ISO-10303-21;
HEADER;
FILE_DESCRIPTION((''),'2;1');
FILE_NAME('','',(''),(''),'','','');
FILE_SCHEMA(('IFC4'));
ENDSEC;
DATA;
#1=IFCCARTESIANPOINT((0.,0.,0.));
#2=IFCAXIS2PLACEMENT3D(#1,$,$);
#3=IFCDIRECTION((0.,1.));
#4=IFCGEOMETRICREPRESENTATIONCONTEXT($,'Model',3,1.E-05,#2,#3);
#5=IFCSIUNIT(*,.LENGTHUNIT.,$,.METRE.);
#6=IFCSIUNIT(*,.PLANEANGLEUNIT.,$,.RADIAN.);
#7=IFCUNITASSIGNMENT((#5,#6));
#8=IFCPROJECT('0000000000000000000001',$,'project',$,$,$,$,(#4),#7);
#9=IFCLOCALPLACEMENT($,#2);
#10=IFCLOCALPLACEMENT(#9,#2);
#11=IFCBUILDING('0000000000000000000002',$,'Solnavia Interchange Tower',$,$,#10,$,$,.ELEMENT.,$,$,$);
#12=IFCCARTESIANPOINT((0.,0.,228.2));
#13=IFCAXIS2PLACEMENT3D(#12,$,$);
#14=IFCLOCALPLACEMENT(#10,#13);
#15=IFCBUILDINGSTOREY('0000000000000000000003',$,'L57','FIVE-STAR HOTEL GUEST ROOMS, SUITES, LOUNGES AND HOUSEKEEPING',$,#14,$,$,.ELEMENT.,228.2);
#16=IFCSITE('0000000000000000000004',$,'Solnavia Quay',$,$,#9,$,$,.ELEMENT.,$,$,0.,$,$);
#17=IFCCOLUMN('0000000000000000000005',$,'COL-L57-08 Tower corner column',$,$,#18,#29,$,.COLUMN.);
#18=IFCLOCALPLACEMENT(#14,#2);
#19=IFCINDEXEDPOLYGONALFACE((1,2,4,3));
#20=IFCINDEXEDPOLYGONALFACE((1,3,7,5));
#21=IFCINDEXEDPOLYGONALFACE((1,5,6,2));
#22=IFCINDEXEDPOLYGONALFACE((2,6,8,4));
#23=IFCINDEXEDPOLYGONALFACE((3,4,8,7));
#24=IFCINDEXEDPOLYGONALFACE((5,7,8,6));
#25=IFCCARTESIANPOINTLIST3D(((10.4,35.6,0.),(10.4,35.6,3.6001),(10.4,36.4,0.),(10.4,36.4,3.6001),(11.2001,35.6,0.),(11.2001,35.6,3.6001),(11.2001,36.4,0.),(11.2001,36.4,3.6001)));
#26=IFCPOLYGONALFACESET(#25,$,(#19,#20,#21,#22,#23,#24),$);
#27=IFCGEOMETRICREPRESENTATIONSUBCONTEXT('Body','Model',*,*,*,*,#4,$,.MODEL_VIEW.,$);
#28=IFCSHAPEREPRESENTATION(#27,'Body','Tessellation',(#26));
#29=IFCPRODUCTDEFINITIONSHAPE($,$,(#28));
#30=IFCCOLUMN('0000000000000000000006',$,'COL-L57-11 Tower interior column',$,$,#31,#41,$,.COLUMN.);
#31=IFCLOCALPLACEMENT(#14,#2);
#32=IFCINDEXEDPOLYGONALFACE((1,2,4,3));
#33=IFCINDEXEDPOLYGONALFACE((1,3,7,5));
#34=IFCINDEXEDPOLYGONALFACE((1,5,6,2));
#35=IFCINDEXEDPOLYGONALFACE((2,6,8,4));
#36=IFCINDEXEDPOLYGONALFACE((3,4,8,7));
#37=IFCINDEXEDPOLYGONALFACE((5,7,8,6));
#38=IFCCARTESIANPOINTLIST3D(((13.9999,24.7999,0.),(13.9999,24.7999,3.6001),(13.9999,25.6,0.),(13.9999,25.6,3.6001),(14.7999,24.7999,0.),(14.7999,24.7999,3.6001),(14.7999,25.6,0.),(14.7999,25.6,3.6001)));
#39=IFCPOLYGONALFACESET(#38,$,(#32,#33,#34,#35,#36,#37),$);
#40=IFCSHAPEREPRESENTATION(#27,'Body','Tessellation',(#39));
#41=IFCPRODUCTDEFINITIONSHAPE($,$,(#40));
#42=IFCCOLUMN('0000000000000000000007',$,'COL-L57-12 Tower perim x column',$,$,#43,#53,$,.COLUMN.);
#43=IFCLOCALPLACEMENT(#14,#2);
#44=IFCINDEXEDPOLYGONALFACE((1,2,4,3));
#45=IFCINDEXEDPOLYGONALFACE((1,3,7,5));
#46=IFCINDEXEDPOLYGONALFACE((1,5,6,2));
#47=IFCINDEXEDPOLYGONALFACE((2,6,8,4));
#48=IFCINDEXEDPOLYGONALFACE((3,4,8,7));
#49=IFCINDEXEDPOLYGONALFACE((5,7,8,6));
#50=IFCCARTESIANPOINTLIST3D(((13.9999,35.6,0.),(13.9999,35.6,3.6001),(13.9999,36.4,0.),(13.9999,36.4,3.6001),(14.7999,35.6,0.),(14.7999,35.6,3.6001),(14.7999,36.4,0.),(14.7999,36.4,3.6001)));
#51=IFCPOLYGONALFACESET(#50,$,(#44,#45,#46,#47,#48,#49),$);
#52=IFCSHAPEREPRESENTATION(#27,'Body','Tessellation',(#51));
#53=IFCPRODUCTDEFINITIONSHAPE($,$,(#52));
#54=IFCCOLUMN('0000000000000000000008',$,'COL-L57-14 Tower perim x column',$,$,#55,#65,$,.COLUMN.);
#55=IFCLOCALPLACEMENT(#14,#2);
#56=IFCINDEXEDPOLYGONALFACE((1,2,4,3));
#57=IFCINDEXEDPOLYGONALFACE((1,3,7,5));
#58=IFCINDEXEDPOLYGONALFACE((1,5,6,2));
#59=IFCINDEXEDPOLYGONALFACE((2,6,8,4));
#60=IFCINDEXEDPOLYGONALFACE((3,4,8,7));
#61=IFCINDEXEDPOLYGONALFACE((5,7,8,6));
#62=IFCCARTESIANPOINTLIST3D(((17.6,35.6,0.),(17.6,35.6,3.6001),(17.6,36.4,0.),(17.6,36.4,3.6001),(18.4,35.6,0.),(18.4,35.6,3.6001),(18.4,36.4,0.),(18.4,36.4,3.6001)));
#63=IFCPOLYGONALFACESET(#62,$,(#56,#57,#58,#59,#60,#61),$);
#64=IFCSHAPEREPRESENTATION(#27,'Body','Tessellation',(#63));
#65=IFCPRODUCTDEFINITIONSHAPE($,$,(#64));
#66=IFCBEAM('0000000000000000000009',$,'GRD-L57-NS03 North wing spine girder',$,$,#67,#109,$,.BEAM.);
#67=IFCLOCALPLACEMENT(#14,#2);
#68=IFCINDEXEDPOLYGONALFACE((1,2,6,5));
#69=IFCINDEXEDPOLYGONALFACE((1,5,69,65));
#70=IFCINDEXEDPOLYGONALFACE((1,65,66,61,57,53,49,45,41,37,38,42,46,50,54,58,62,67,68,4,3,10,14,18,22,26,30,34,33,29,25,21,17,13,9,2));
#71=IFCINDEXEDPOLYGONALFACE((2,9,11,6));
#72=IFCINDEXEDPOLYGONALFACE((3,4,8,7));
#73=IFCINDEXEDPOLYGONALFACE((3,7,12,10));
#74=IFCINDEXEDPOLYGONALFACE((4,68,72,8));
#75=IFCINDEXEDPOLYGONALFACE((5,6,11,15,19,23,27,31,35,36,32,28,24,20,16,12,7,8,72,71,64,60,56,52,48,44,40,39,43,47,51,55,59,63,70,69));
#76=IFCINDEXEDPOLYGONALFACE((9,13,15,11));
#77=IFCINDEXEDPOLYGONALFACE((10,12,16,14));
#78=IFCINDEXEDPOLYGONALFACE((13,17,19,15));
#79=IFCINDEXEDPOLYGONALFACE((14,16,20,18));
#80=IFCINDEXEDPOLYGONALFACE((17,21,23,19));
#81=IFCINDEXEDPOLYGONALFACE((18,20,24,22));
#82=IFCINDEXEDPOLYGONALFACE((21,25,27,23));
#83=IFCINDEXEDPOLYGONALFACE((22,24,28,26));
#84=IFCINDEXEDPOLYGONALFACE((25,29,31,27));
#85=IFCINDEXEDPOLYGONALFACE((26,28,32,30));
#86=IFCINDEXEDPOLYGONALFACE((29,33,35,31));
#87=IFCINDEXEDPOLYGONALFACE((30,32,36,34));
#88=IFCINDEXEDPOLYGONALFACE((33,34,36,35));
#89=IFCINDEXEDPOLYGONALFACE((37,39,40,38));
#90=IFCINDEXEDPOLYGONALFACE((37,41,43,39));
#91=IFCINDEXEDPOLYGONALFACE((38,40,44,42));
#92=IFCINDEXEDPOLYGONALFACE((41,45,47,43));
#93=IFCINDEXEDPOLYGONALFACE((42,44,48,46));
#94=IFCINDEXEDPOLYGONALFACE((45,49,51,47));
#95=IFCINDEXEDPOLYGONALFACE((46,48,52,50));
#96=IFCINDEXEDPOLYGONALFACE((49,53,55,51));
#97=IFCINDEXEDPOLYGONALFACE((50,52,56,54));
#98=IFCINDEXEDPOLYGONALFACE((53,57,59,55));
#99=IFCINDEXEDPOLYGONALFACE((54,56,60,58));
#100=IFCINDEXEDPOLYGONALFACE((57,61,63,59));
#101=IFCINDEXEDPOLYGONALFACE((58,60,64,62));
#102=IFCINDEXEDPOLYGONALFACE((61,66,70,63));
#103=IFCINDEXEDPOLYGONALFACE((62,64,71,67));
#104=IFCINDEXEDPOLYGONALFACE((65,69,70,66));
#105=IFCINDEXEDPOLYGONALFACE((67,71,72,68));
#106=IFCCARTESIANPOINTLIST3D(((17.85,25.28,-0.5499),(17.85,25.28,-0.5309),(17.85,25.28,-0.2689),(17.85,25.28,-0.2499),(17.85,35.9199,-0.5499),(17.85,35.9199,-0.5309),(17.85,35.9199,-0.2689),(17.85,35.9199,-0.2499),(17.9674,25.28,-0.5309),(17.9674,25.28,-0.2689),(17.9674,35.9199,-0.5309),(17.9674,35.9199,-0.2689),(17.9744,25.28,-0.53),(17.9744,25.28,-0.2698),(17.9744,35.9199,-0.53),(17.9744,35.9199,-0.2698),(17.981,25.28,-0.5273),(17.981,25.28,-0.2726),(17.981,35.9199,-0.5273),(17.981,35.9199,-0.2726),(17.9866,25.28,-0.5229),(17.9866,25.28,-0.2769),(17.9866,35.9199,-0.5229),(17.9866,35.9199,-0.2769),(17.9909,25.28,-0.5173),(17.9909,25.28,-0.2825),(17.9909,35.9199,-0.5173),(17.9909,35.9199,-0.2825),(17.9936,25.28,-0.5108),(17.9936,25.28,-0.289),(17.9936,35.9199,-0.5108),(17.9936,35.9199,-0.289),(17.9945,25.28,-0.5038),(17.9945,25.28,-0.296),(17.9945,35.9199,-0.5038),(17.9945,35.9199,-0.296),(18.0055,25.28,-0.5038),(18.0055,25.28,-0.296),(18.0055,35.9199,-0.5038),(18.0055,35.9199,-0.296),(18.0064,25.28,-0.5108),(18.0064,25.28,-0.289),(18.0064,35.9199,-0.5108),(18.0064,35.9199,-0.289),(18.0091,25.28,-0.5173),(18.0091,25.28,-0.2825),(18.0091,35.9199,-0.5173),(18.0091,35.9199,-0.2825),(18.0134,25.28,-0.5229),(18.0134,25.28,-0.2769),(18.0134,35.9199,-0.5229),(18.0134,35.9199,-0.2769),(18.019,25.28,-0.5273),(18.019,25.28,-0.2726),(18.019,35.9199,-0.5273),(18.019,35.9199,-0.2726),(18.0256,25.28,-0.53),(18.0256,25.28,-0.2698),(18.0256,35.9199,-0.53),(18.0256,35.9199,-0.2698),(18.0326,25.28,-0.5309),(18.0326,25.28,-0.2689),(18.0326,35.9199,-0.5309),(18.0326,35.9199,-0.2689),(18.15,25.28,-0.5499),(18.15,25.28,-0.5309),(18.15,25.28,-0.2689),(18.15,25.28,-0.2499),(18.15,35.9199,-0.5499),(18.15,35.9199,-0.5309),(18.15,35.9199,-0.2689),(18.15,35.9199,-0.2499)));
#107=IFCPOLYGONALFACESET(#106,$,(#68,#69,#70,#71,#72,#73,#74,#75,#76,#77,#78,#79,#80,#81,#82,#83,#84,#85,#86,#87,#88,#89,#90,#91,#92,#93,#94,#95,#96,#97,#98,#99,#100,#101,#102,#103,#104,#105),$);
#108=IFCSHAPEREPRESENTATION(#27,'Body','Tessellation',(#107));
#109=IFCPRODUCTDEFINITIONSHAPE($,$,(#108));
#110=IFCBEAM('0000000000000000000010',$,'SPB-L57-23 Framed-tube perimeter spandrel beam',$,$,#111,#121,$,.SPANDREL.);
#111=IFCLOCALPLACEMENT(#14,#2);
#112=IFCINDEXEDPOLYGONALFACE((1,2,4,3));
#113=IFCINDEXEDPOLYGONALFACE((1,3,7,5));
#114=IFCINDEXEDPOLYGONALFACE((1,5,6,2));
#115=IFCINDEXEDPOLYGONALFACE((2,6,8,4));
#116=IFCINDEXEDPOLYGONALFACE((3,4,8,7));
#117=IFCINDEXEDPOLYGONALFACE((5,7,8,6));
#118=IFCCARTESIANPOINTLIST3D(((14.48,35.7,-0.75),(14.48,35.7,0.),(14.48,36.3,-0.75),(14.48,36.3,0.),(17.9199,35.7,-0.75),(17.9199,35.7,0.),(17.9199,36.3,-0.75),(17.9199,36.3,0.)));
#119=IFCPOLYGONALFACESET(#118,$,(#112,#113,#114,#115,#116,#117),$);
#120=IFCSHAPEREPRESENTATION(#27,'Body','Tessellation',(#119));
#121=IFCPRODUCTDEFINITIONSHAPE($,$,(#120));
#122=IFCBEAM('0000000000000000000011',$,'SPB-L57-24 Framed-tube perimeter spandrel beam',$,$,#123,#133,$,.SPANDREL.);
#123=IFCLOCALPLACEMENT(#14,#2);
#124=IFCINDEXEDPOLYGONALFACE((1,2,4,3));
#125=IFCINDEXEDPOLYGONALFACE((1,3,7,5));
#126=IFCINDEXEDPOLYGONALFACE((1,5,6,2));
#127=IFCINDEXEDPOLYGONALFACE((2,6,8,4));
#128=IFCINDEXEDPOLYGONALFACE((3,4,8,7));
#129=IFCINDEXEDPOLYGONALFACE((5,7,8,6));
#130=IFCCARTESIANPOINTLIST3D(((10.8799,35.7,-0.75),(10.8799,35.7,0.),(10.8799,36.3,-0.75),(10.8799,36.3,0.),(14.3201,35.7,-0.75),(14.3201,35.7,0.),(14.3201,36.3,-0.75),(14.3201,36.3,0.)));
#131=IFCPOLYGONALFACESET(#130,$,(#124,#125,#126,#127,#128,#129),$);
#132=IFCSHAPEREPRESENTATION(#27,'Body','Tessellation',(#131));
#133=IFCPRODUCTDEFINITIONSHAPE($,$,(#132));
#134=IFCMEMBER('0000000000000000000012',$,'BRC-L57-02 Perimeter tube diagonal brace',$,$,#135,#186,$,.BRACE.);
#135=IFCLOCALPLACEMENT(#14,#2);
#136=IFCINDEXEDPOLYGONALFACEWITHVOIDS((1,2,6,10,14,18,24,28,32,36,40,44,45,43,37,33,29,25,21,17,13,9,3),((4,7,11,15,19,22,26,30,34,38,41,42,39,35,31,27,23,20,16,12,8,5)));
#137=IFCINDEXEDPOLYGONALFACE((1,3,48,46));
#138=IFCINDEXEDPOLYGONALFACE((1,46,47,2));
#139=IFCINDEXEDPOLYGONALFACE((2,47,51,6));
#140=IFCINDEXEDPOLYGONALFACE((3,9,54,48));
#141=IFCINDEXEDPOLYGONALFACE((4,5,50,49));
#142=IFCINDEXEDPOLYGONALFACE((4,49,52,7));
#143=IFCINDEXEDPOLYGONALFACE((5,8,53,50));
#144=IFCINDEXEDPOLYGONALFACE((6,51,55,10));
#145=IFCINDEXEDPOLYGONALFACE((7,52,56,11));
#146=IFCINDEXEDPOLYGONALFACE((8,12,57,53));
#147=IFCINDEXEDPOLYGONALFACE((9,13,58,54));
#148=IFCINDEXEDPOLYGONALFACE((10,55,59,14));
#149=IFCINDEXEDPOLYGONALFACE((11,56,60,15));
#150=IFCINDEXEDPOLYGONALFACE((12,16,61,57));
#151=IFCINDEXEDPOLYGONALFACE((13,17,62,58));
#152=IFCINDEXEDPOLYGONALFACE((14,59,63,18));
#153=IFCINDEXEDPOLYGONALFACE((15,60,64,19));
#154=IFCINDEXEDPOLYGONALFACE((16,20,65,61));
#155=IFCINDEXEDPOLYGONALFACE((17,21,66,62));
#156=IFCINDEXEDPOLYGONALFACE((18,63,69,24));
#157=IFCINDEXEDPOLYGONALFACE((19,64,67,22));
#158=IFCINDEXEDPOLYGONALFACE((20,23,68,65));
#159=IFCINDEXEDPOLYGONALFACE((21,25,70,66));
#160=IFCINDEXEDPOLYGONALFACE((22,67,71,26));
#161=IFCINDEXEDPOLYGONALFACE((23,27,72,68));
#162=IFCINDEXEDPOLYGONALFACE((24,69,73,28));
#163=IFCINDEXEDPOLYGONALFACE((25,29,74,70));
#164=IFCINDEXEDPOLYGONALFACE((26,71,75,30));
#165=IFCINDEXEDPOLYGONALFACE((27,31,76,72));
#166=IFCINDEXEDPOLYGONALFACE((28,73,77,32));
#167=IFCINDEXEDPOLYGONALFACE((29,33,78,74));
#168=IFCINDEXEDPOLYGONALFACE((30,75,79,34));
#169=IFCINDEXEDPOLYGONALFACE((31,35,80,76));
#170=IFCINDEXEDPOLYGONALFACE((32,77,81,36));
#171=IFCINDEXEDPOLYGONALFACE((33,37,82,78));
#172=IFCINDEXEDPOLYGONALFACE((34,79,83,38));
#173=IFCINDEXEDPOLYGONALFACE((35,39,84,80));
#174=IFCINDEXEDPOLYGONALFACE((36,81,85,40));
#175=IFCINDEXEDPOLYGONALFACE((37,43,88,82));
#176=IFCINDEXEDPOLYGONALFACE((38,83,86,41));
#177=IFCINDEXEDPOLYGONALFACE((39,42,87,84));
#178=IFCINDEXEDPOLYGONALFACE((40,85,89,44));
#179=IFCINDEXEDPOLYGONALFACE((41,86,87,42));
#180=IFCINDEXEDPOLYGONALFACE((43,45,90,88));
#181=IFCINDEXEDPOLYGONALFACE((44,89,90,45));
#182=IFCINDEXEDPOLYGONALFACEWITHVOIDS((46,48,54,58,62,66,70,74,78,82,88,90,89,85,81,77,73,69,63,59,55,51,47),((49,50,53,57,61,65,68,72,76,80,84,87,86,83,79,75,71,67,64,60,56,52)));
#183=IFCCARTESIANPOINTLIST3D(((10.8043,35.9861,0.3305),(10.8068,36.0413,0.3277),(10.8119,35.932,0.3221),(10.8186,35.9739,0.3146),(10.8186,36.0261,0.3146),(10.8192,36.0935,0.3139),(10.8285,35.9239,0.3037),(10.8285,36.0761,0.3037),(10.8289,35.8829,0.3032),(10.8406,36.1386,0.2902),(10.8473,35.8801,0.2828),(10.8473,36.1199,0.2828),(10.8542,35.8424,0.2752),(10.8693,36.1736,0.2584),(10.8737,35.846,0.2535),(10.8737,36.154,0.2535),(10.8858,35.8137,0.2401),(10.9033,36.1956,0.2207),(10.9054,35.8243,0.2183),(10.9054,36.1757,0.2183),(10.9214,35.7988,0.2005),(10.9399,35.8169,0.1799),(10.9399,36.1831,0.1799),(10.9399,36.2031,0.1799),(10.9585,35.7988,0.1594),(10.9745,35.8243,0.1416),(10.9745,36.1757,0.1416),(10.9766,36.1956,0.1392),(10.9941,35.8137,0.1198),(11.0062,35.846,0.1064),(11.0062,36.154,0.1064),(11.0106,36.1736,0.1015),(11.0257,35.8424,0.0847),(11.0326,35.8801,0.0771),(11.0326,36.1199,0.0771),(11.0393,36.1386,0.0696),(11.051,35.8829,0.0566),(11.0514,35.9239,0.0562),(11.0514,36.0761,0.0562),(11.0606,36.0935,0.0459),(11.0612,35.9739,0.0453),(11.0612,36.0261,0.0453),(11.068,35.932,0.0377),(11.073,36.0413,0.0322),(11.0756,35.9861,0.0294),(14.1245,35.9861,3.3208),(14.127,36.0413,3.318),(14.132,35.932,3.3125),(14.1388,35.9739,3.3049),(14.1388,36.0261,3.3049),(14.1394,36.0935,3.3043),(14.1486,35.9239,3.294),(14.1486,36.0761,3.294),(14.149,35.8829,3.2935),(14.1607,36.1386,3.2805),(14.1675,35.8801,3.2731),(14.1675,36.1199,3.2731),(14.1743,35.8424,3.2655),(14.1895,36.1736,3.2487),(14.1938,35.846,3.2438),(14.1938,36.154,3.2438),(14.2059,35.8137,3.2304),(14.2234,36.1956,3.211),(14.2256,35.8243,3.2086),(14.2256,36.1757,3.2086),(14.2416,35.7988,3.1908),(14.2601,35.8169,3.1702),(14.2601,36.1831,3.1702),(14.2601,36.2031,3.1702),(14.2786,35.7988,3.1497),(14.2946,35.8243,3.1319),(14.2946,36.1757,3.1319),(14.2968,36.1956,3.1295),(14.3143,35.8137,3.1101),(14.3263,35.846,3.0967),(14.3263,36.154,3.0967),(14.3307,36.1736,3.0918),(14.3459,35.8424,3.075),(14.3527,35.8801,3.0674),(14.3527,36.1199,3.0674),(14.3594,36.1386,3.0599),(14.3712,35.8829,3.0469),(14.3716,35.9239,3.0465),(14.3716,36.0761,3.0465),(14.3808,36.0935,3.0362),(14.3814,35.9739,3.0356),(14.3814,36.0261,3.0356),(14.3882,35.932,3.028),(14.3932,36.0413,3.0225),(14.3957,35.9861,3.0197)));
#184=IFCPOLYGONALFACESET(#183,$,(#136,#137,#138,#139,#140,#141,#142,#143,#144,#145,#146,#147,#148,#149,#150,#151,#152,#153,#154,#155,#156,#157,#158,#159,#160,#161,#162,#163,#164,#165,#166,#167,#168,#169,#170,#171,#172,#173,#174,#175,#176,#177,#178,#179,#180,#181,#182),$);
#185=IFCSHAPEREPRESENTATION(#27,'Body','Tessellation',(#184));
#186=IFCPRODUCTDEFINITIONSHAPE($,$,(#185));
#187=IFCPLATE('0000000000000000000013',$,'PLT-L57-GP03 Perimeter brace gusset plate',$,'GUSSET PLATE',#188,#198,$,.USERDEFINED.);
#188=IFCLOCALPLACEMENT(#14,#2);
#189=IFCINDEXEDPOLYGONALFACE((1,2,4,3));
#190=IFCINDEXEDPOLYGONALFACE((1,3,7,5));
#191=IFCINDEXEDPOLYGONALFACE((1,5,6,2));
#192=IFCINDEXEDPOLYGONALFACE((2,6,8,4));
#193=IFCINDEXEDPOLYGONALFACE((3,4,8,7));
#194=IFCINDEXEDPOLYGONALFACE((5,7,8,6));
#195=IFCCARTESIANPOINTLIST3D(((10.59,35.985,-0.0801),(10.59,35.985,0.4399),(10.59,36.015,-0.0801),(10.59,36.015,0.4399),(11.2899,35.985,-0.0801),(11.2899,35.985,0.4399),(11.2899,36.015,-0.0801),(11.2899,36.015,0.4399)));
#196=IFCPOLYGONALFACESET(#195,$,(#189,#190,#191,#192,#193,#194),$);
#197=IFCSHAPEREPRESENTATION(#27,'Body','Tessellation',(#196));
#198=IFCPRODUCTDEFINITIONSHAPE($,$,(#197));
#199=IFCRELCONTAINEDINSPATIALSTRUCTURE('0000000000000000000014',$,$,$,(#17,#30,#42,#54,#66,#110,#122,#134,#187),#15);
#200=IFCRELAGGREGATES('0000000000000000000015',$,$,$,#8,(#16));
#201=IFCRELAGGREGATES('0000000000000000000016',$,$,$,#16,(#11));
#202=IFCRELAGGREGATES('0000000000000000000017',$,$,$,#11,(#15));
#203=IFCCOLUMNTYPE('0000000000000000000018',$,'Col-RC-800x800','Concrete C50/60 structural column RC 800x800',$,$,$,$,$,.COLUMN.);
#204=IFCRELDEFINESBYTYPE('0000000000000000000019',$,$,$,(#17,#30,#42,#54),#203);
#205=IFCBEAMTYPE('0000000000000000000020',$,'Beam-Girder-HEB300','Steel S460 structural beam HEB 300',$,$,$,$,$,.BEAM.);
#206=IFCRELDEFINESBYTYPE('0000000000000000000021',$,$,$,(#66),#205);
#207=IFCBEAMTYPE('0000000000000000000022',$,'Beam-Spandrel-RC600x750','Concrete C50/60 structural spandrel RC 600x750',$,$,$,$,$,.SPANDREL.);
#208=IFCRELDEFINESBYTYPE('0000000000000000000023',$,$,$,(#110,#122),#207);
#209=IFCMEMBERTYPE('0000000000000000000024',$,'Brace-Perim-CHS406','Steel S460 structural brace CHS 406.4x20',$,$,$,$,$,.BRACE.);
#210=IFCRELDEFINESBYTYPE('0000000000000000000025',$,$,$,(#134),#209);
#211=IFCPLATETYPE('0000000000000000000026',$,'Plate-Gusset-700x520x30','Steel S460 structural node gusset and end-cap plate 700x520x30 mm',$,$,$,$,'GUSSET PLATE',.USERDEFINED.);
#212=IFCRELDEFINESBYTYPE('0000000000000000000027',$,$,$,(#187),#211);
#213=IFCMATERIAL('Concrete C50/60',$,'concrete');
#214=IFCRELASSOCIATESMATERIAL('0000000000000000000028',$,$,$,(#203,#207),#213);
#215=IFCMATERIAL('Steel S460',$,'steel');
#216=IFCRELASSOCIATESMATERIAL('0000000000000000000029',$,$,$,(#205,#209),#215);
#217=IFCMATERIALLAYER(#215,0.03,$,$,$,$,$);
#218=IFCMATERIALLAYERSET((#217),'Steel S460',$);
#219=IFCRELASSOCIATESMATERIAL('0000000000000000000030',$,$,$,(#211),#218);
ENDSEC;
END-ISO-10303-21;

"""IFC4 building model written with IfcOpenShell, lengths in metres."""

from ifc_helpers import new_model, si_unit, direction, frame, origin, origin_2d, place, context, subcontext, project, spatial, rectangle, hollow_circle, i_section, extrude, material, layer, layer_set, material_profile, profile_set, type_object, element, save


model = new_model("IFC4")

# Units and contexts
model_context = context("Model", 3, precision=1e-05, world=origin(), true_north=direction((0.0, 1.0)))
body_context = subcontext(model_context, "Body", "Model", "MODEL_VIEW")
ifc_project = project(units=[si_unit("LENGTHUNIT", "METRE"), si_unit("PLANEANGLEUNIT", "RADIAN")], contexts=[model_context])

# Site, building, storey
site_placement = place(None, origin())
site = spatial("IfcSite", under=ifc_project, at=site_placement, Name="Solnavia Quay", CompositionType="ELEMENT", RefElevation=0.0)
building_placement = place(site_placement, origin())
building = spatial("IfcBuilding", under=site, at=building_placement, Name="Solnavia Interchange Tower", CompositionType="ELEMENT")
storey_placement = place(building_placement, frame((0.0, 0.0, 228.2)))
storey = spatial("IfcBuildingStorey", under=building, at=storey_placement, Name="L57", Description="FIVE-STAR HOTEL GUEST ROOMS, SUITES, LOUNGES AND HOUSEKEEPING", CompositionType="ELEMENT", Elevation=228.2)

# Columns
ifc_material_1 = material(Name="Concrete C50/60", Category="concrete")
ifc_material_profile_1 = material_profile(ifc_material_1, rectangle(XDim=0.8, YDim=0.8, at=origin_2d()), Name="RC 800x800")
ifc_profile_set_1 = profile_set([ifc_material_profile_1], Name="Concrete C50/60")
column_type = type_object("IfcColumnType", Name="Col-RC-800x800", Description="Concrete C50/60 structural column RC 800x800", PredefinedType="COLUMN", material=ifc_profile_set_1)
for number, where, z_axis, x_axis, name in (
    (1, (10.8, 36.0, 0.0), (0.0, 0.0, 1.0), (1.0, 0.0, 0.0), "COL-L57-08 Tower corner column"),
    (2, (14.3999, 25.2, 0.0), (0.0, 0.0, 1.0), (1.0, 0.0, 0.0), "COL-L57-11 Tower interior column"),
    (3, (14.3999, 36.0, 0.0), (0.0, 0.0, 1.0), (1.0, 0.0, 0.0), "COL-L57-12 Tower perim x column"),
    (4, (18.0, 36.0, 0.0), (0.0, 0.0, 1.0), (1.0, 0.0, 0.0), "COL-L57-14 Tower perim x column"),
):
    element("IfcColumn", number, at=place(storey_placement, frame(where, z_axis=z_axis, x_axis=x_axis)), inside=storey, type_object=column_type, Name=name, PredefinedType="COLUMN", context=body_context, shape_type="SweptSolid", body=[
        extrude(rectangle(XDim=0.8, YDim=0.8, at=origin_2d()), origin(), (0.0, 0.0, 1.0), 3.6001),
    ])

# Beams
ifc_material_2 = material(Name="Steel S460", Category="steel")
ifc_material_profile_2 = material_profile(ifc_material_2, i_section(OverallWidth=0.3, OverallDepth=0.3, WebThickness=0.011, FlangeThickness=0.019, FilletRadius=0.0271, at=origin_2d()), Name="HEB 300")
ifc_profile_set_2 = profile_set([ifc_material_profile_2], Name="Steel S460")
beam_type_1 = type_object("IfcBeamType", Name="Beam-Girder-HEB300", Description="Steel S460 structural beam HEB 300", PredefinedType="BEAM", material=ifc_profile_set_2)
beam_1_placement = place(storey_placement, frame((18.0, 25.28, -0.3999), z_axis=(0.0, 1.0, 0.0), x_axis=(-1.0, 0.0, 0.0)))
element("IfcBeam", 5, at=beam_1_placement, inside=storey, type_object=beam_type_1, Name="GRD-L57-NS03 North wing spine girder", PredefinedType="BEAM", context=body_context, shape_type="SweptSolid", body=[
    extrude(i_section(OverallWidth=0.3, OverallDepth=0.3, WebThickness=0.011, FlangeThickness=0.019, FilletRadius=0.0271, at=origin_2d()), origin(), (0.0, 0.0, 1.0), 10.6399),
])
ifc_material_profile_3 = material_profile(ifc_material_1, rectangle(XDim=0.6001, YDim=0.75, at=origin_2d()), Name="RC 600x750")
ifc_profile_set_3 = profile_set([ifc_material_profile_3], Name="Concrete C50/60")
beam_type_2 = type_object("IfcBeamType", Name="Beam-Spandrel-RC600x750", Description="Concrete C50/60 structural spandrel RC 600x750", PredefinedType="SPANDREL", material=ifc_profile_set_3)
beam_2_placement = place(storey_placement, frame((17.9199, 36.0, -0.375), z_axis=(-1.0, 0.0, 0.0), x_axis=(0.0, -1.0, 0.0)))
element("IfcBeam", 6, at=beam_2_placement, inside=storey, type_object=beam_type_2, Name="SPB-L57-23 Framed-tube perimeter spandrel beam", PredefinedType="SPANDREL", context=body_context, shape_type="SweptSolid", body=[
    extrude(rectangle(XDim=0.6001, YDim=0.75, at=origin_2d()), origin(), (0.0, 0.0, 1.0), 3.4399),
])
beam_3_placement = place(storey_placement, frame((14.3201, 36.0, -0.375), z_axis=(-1.0, 0.0, 0.0), x_axis=(0.0, -1.0, 0.0)))
element("IfcBeam", 7, at=beam_3_placement, inside=storey, type_object=beam_type_2, Name="SPB-L57-24 Framed-tube perimeter spandrel beam", PredefinedType="SPANDREL", context=body_context, shape_type="SweptSolid", body=[
    extrude(rectangle(XDim=0.6001, YDim=0.75, at=origin_2d()), origin(), (0.0, 0.0, 1.0), 3.4402),
])

# Member
ifc_material_profile_4 = material_profile(ifc_material_2, hollow_circle(Radius=0.2031, WallThickness=0.02, at=origin_2d()), Name="CHS 406.4x20")
ifc_profile_set_4 = profile_set([ifc_material_profile_4], Name="Steel S460")
member_type = type_object("IfcMemberType", Name="Brace-Perim-CHS406", Description="Steel S460 structural brace CHS 406.4x20", PredefinedType="BRACE", material=ifc_profile_set_4)
member_placement = place(storey_placement, frame((10.9399, 36.0, 0.1799), z_axis=(0.743052, 0.0, 0.669233), x_axis=(0.0, 1.0, 0.0)))
element("IfcMember", 8, at=member_placement, inside=storey, type_object=member_type, Name="BRC-L57-02 Perimeter tube diagonal brace", PredefinedType="BRACE", context=body_context, shape_type="SweptSolid", body=[
    extrude(hollow_circle(Radius=0.2031, WallThickness=0.02, at=origin_2d()), origin(), (0.0, 0.0, 1.0), 4.4683),
])

# Plate
ifc_layer_1 = layer(ifc_material_2, 0.03)
ifc_layer_set_1 = layer_set([ifc_layer_1], Name="Steel S460")
plate_type = type_object("IfcPlateType", Name="Plate-Gusset-700x520x30", Description="Steel S460 structural node gusset and end-cap plate 700x520x30 mm", ElementType="GUSSET PLATE", PredefinedType="USERDEFINED", material=ifc_layer_set_1)
for number, where, z_axis, x_axis, name in (
    (9, (10.9399, 36.0, -0.0801), (0.0, 0.0, 1.0), (1.0, 0.0, 0.0), "PLT-L57-GP03 Perimeter brace gusset plate"),
):
    element("IfcPlate", number, at=place(storey_placement, frame(where, z_axis=z_axis, x_axis=x_axis)), inside=storey, type_object=plate_type, Name=name, ObjectType="GUSSET PLATE", PredefinedType="USERDEFINED", context=body_context, shape_type="SweptSolid", body=[
        extrude(rectangle(XDim=0.7, YDim=0.03, at=origin_2d()), origin(), (0.0, 0.0, 1.0), 0.52),
    ])

save(model, "model.ifc")
